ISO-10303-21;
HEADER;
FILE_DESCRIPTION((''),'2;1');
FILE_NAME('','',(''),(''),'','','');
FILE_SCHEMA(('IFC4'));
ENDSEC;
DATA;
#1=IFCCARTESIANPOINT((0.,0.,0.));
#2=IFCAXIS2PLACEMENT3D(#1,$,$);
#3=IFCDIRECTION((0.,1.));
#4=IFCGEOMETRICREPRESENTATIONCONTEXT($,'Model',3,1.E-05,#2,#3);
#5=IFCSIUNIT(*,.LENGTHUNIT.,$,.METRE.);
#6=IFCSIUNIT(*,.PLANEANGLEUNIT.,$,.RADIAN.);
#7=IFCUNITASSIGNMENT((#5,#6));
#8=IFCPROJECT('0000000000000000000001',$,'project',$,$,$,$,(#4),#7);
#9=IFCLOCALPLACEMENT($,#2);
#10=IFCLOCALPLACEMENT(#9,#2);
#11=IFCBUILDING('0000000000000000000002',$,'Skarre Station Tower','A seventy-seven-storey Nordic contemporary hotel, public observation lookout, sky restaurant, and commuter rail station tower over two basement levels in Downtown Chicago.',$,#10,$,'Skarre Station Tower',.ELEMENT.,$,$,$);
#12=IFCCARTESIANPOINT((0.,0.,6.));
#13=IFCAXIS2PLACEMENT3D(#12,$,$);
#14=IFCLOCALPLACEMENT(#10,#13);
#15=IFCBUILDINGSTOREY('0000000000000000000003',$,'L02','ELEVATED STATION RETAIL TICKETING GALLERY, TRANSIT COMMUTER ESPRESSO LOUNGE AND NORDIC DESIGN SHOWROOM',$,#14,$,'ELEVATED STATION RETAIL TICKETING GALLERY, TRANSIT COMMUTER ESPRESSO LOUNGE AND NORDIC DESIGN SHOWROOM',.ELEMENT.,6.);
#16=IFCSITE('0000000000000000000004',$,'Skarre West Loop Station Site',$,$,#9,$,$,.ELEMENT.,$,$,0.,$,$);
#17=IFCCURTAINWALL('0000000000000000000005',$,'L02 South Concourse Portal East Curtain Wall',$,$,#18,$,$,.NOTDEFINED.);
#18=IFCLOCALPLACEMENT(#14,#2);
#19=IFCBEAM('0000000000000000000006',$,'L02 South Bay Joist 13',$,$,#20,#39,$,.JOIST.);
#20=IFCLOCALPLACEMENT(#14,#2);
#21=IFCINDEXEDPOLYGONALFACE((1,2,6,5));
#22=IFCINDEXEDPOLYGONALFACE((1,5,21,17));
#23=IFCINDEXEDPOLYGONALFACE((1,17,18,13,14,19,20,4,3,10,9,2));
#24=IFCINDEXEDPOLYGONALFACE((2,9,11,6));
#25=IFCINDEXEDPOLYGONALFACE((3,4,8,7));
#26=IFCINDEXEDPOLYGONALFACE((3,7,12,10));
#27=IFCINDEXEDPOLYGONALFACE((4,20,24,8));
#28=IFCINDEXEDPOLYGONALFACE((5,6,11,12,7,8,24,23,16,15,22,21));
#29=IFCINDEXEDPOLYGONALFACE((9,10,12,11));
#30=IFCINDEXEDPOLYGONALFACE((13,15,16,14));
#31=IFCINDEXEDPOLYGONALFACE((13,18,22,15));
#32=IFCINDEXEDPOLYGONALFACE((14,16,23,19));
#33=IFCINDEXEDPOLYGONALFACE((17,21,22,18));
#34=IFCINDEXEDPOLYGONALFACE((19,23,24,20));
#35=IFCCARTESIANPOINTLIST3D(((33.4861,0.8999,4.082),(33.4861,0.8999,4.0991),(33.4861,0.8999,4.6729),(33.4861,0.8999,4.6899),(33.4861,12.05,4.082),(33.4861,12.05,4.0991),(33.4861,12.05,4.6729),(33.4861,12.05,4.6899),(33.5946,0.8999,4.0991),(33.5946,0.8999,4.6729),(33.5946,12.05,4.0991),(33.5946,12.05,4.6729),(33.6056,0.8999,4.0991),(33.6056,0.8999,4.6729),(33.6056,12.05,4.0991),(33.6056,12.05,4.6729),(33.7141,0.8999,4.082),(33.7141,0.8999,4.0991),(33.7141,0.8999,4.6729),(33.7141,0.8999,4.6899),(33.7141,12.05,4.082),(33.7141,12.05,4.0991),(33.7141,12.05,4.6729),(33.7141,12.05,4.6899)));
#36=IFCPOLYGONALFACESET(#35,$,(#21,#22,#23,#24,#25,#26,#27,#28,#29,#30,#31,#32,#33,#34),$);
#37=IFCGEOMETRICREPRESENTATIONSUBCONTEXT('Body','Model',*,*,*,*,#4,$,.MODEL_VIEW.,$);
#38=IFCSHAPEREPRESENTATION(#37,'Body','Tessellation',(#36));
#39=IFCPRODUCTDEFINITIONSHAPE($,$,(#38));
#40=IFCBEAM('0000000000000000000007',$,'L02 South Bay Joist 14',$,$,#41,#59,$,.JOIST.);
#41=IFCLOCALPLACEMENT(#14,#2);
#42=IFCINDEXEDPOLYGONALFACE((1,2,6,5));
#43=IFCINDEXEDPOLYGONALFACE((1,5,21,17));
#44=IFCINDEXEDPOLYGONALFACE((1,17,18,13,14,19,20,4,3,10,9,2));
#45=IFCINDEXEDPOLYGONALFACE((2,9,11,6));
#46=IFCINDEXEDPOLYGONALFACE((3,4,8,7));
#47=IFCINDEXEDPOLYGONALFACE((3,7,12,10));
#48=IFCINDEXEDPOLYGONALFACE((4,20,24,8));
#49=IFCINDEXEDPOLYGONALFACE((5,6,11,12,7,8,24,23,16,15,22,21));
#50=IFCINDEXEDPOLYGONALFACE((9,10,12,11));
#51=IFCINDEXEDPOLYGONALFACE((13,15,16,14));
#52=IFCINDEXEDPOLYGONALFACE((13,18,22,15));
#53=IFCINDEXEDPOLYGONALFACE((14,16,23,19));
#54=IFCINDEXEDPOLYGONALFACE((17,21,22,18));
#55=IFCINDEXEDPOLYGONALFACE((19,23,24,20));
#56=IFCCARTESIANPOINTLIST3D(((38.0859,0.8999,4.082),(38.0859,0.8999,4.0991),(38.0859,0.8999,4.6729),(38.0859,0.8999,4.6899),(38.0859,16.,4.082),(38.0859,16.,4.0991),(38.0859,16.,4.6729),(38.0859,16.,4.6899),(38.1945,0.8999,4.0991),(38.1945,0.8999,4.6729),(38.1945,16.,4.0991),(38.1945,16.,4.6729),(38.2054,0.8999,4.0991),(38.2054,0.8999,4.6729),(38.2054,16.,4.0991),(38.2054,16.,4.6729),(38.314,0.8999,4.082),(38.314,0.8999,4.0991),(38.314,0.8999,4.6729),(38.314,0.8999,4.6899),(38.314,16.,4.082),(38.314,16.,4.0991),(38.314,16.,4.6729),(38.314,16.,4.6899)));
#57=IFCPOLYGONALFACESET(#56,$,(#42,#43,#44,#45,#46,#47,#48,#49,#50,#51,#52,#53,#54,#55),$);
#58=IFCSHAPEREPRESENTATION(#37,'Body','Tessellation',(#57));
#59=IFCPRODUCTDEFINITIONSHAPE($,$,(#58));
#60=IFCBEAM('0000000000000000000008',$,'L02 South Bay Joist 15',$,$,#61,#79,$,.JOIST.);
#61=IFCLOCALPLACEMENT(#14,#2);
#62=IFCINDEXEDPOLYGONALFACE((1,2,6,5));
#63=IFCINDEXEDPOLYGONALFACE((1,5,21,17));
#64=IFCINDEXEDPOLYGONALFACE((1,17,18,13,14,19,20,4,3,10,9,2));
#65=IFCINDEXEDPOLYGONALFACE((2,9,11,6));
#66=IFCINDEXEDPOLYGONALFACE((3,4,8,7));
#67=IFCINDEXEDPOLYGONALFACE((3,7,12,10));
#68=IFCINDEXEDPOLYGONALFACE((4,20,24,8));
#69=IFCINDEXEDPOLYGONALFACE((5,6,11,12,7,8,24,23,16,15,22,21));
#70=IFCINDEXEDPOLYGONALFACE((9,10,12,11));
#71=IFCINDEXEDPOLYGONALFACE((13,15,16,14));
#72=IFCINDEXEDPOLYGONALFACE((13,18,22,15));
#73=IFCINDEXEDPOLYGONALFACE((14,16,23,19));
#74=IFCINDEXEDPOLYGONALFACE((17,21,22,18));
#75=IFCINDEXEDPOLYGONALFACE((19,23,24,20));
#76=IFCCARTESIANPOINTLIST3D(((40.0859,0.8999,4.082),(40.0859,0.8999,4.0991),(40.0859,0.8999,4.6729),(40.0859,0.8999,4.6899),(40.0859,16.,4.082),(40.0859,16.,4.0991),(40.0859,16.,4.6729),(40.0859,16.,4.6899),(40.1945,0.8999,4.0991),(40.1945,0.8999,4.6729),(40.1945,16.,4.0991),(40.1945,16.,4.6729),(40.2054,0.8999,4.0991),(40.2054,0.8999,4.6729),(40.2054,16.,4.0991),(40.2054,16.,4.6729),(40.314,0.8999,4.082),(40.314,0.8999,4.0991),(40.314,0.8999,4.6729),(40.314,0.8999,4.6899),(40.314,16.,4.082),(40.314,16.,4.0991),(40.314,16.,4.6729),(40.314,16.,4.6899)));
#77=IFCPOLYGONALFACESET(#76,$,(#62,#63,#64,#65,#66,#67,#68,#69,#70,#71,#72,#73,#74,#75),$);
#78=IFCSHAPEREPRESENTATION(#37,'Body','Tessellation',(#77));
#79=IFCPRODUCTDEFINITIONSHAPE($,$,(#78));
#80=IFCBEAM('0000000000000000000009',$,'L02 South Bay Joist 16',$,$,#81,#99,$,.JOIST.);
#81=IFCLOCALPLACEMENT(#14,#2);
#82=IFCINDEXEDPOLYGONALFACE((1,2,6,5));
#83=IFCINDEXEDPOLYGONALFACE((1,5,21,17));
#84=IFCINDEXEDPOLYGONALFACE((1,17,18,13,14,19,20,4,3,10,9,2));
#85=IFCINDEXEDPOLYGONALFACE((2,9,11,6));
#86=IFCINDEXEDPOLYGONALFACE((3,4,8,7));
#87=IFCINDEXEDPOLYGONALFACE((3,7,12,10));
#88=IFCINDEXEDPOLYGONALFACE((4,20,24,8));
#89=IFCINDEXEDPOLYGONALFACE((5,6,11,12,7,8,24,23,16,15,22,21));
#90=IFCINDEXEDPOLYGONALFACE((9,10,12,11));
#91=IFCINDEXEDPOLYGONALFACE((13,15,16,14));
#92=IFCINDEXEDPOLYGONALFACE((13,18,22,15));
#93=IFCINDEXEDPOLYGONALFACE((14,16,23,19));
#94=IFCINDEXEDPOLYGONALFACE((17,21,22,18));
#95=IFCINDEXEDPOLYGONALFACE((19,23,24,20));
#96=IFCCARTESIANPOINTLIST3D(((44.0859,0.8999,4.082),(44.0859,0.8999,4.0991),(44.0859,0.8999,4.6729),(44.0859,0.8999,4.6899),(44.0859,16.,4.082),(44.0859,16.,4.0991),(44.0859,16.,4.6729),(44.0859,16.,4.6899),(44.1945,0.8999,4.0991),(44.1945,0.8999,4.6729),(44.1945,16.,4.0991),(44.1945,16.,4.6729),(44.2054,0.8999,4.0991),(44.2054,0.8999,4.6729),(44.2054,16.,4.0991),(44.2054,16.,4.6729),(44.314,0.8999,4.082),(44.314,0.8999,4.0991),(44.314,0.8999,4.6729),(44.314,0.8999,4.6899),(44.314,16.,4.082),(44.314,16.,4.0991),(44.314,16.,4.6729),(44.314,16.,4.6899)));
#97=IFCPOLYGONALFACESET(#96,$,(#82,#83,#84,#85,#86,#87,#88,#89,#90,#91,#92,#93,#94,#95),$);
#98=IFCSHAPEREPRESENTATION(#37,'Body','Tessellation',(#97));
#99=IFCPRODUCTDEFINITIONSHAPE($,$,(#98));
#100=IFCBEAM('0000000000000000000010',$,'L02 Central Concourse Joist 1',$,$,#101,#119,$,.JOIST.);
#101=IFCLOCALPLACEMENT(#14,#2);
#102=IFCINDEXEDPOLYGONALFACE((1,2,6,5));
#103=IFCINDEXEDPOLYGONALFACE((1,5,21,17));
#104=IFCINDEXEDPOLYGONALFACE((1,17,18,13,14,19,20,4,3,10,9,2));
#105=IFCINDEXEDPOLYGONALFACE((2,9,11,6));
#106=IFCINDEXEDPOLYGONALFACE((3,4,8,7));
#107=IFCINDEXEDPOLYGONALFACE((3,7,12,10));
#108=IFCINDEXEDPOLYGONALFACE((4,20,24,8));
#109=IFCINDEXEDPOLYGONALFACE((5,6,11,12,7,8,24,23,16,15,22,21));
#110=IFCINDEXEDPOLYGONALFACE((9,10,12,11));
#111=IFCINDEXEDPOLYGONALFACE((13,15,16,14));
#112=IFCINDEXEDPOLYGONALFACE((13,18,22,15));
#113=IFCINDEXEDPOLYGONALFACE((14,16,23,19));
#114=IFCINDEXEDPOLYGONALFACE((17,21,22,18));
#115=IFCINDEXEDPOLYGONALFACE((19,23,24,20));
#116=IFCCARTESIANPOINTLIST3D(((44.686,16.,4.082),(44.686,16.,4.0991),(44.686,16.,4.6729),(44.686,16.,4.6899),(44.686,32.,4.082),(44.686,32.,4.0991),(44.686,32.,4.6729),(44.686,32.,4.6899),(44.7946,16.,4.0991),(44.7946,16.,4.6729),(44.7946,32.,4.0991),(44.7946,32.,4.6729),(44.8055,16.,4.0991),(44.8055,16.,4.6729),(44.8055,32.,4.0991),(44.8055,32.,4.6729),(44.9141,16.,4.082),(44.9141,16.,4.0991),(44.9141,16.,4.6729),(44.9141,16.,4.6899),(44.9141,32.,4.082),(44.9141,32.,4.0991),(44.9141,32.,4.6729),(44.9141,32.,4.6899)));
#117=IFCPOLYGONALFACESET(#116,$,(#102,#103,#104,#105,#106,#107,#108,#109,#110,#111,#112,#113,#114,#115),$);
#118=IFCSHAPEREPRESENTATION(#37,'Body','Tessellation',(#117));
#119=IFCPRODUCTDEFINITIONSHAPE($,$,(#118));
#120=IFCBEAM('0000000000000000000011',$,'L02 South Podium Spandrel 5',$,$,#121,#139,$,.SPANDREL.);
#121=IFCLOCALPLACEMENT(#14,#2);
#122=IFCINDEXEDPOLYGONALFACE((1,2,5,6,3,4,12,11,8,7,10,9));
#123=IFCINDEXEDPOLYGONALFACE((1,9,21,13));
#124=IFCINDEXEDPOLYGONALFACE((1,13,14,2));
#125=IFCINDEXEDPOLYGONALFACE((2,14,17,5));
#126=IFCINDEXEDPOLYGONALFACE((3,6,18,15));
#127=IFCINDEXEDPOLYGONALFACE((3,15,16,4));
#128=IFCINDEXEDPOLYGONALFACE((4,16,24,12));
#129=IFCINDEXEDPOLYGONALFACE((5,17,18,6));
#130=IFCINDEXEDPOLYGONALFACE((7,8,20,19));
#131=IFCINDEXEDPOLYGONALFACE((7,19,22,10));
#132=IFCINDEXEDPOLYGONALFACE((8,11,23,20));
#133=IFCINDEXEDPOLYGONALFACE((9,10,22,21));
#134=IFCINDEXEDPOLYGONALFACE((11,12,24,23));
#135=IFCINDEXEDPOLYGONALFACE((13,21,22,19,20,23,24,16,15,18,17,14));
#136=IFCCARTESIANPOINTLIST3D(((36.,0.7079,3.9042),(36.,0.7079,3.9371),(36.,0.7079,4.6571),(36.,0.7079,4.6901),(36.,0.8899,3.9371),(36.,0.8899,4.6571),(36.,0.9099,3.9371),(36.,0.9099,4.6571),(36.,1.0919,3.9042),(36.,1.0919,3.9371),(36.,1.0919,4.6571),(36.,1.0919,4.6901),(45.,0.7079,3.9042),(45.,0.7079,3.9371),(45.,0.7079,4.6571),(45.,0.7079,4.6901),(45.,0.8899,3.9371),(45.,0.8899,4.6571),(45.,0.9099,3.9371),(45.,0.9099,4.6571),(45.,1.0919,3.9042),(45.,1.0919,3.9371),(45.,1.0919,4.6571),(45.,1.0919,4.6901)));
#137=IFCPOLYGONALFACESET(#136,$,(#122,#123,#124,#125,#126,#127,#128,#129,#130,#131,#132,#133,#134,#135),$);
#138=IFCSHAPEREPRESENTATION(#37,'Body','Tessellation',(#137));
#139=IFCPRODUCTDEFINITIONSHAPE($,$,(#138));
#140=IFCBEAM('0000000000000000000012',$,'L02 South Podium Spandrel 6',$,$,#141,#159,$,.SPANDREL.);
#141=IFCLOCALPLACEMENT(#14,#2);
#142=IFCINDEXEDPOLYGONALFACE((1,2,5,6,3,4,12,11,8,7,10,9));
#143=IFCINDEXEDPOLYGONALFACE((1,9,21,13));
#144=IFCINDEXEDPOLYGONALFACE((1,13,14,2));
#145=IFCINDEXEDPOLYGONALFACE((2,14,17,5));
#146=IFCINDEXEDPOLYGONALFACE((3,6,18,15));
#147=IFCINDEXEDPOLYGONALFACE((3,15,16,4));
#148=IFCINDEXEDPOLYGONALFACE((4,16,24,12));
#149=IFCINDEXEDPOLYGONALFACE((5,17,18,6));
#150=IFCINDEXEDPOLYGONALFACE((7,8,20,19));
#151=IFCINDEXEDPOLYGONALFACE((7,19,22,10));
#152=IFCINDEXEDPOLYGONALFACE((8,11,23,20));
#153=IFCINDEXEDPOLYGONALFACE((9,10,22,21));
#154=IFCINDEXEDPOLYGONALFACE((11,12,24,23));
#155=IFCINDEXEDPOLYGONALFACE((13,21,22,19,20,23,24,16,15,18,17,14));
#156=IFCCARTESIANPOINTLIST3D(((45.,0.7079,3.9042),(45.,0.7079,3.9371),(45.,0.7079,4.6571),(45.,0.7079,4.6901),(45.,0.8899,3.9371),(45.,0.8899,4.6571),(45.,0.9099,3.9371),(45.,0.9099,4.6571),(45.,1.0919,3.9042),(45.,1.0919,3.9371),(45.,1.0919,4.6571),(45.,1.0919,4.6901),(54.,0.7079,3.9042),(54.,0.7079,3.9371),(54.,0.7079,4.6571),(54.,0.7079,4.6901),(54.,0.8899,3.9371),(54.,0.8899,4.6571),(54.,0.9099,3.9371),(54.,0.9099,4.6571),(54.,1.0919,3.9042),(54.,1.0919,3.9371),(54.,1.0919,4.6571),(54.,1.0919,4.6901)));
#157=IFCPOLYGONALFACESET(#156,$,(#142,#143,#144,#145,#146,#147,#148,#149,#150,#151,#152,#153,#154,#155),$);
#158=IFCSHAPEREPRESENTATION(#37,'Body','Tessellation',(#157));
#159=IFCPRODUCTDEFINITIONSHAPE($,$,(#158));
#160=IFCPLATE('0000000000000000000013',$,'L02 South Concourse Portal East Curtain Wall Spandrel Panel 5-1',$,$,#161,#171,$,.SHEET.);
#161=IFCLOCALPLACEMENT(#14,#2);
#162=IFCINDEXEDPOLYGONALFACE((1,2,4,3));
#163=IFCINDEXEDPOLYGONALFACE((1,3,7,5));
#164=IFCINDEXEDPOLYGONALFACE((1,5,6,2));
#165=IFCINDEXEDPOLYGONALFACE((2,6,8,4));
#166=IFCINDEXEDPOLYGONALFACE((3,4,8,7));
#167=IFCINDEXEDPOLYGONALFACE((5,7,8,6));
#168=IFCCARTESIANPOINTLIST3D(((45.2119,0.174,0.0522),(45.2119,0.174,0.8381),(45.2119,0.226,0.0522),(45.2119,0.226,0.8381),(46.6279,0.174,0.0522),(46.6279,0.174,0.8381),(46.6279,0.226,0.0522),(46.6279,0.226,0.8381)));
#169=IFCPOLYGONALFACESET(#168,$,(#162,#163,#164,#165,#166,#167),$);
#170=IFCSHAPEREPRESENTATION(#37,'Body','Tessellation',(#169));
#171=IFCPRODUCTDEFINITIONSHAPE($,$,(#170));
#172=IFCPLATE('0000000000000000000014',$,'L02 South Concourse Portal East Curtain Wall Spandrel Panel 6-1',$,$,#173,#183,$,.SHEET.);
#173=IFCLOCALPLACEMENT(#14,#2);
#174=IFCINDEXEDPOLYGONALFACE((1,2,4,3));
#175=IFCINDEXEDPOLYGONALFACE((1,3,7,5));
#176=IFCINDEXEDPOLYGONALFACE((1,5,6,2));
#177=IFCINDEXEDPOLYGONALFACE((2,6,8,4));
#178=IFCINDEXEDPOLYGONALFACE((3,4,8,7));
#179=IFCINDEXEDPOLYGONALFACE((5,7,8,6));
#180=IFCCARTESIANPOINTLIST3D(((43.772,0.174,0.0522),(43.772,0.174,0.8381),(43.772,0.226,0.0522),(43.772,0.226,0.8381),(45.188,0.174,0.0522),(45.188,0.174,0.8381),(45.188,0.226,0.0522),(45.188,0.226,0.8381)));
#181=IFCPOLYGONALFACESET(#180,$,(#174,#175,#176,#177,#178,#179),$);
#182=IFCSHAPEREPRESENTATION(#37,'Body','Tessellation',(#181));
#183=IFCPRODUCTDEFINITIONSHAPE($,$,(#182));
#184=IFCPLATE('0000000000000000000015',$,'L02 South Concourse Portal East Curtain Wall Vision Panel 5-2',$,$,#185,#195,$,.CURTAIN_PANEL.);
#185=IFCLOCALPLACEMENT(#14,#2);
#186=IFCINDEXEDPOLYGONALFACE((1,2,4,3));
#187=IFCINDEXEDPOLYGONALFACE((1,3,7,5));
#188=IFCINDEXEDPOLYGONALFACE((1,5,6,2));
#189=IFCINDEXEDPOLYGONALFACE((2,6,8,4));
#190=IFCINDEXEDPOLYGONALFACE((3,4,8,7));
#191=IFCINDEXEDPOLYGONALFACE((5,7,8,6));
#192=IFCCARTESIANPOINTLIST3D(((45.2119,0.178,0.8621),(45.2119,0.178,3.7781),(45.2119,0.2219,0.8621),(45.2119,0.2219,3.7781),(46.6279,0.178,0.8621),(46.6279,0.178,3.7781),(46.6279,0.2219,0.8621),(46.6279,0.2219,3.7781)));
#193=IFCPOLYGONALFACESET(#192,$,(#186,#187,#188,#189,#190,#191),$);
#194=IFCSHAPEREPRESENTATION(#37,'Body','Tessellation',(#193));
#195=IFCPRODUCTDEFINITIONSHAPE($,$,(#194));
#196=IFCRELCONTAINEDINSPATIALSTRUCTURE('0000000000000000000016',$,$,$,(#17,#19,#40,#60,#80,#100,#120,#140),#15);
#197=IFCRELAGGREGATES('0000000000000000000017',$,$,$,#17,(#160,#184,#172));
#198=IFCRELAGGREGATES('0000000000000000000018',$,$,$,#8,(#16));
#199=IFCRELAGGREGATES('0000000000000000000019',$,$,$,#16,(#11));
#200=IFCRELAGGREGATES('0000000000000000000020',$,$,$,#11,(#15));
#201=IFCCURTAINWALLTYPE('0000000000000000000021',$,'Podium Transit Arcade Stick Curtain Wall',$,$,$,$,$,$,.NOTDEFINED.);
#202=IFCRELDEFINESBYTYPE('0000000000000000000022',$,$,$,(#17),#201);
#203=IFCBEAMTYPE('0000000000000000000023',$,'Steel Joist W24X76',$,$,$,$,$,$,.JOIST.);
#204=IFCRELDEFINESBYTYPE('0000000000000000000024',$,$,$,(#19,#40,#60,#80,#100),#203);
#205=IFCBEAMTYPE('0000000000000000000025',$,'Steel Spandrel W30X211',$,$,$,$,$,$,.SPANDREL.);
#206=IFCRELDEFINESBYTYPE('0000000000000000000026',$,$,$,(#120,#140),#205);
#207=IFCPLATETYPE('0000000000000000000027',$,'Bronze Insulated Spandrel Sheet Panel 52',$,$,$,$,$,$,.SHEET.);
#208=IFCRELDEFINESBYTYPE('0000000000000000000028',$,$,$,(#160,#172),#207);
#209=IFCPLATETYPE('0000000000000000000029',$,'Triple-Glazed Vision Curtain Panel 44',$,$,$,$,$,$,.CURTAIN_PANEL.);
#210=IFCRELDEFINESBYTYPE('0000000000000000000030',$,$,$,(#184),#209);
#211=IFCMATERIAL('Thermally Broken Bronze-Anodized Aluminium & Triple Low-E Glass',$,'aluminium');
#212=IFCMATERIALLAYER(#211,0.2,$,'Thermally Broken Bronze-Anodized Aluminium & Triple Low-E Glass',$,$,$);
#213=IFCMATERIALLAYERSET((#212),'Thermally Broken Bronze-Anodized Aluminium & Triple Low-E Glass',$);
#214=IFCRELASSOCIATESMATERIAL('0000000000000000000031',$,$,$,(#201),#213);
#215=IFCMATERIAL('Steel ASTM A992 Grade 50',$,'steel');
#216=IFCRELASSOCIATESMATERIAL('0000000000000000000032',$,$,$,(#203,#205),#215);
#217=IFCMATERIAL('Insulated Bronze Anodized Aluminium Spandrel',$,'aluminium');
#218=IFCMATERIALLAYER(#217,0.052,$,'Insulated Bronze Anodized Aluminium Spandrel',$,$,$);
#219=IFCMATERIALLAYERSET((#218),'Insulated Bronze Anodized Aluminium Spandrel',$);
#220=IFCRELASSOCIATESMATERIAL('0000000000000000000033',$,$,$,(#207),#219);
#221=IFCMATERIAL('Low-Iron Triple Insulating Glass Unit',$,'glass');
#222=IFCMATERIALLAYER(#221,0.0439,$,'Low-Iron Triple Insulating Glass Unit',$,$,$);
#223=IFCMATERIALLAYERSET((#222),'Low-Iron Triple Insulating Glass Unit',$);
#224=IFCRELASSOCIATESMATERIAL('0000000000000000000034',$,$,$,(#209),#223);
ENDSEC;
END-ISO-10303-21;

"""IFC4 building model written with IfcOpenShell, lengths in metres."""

from ifc_helpers import new_model, si_unit, direction, frame, origin, origin_2d, place, context, subcontext, project, spatial, rectangle, i_section, extrude, material, layer, layer_set, material_profile, profile_set, type_object, element, aggregate, save


model = new_model("IFC4")

# Units and contexts
model_context = context("Model", 3, precision=1e-05, world=origin(), true_north=direction((0.0, 1.0)))
body_context = subcontext(model_context, "Body", "Model", "MODEL_VIEW")
ifc_project = project(units=[si_unit("LENGTHUNIT", "METRE"), si_unit("PLANEANGLEUNIT", "RADIAN")], contexts=[model_context])

# Site, building, storey
site_placement = place(None, origin())
site = spatial("IfcSite", under=ifc_project, at=site_placement, Name="Skarre West Loop Station Site", CompositionType="ELEMENT", RefElevation=0.0)
building_placement = place(site_placement, origin())
building = spatial("IfcBuilding", under=site, at=building_placement, Name="Skarre Station Tower", Description="A seventy-seven-storey Nordic contemporary hotel, public observation lookout, sky restaurant, and commuter rail station tower over two basement levels in Downtown Chicago.", LongName="Skarre Station Tower", CompositionType="ELEMENT")
storey_placement = place(building_placement, frame((0.0, 0.0, 6.0)))
storey = spatial("IfcBuildingStorey", under=building, at=storey_placement, Name="L02", Description="ELEVATED STATION RETAIL TICKETING GALLERY, TRANSIT COMMUTER ESPRESSO LOUNGE AND NORDIC DESIGN SHOWROOM", LongName="ELEVATED STATION RETAIL TICKETING GALLERY, TRANSIT COMMUTER ESPRESSO LOUNGE AND NORDIC DESIGN SHOWROOM", CompositionType="ELEMENT", Elevation=6.0)

# Curtain wall
ifc_material_1 = material(Name="Thermally Broken Bronze-Anodized Aluminium & Triple Low-E Glass", Category="aluminium")
ifc_layer_1 = layer(ifc_material_1, 0.2, Name="Thermally Broken Bronze-Anodized Aluminium & Triple Low-E Glass")
ifc_layer_set_1 = layer_set([ifc_layer_1], Name="Thermally Broken Bronze-Anodized Aluminium & Triple Low-E Glass")
curtain_wall_type = type_object("IfcCurtainWallType", Name="Podium Transit Arcade Stick Curtain Wall", PredefinedType="NOTDEFINED", material=ifc_layer_set_1)
curtain_wall_placement = place(storey_placement, origin())
curtain_wall = element("IfcCurtainWall", 1, at=curtain_wall_placement, inside=storey, type_object=curtain_wall_type, Name="L02 South Concourse Portal East Curtain Wall", PredefinedType="NOTDEFINED")

# Beams
ifc_material_2 = material(Name="Steel ASTM A992 Grade 50", Category="steel")
ifc_material_profile_1 = material_profile(ifc_material_2, i_section(OverallWidth=0.228, OverallDepth=0.6079, WebThickness=0.011, FlangeThickness=0.0171, at=origin_2d()), Name="Steel ASTM A992 Grade 50")
ifc_profile_set_1 = profile_set([ifc_material_profile_1], Name="Steel ASTM A992 Grade 50")
beam_type_1 = type_object("IfcBeamType", Name="Steel Joist W24X76", PredefinedType="JOIST", material=ifc_profile_set_1)
beam_1_placement = place(storey_placement, frame((33.6001, 0.8999, 4.386), z_axis=(0.0, 1.0, 0.0), x_axis=(-1.0, 0.0, 0.0)))
element("IfcBeam", 2, at=beam_1_placement, inside=storey, type_object=beam_type_1, Name="L02 South Bay Joist 13", PredefinedType="JOIST", context=body_context, shape_type="SweptSolid", body=[
    extrude(i_section(OverallWidth=0.228, OverallDepth=0.6079, WebThickness=0.011, FlangeThickness=0.0171, at=origin_2d()), origin(), (0.0, 0.0, 1.0), 11.1501),
])
for number, where, z_axis, x_axis, name in (
    (3, (38.2, 0.8999, 4.386), (0.0, 1.0, 0.0), (-1.0, 0.0, 0.0), "L02 South Bay Joist 14"),
    (4, (40.2, 0.8999, 4.386), (0.0, 1.0, 0.0), (-1.0, 0.0, 0.0), "L02 South Bay Joist 15"),
    (5, (44.2, 0.8999, 4.386), (0.0, 1.0, 0.0), (-1.0, 0.0, 0.0), "L02 South Bay Joist 16"),
):
    element("IfcBeam", number, at=place(storey_placement, frame(where, z_axis=z_axis, x_axis=x_axis)), inside=storey, type_object=beam_type_1, Name=name, PredefinedType="JOIST", context=body_context, shape_type="SweptSolid", body=[
        extrude(i_section(OverallWidth=0.228, OverallDepth=0.6079, WebThickness=0.011, FlangeThickness=0.0171, at=origin_2d()), origin(), (0.0, 0.0, 1.0), 15.1001),
    ])
beam_2_placement = place(storey_placement, frame((44.8, 16.0, 4.386), z_axis=(0.0, 1.0, 0.0), x_axis=(-1.0, 0.0, 0.0)))
element("IfcBeam", 6, at=beam_2_placement, inside=storey, type_object=beam_type_1, Name="L02 Central Concourse Joist 1", PredefinedType="JOIST", context=body_context, shape_type="SweptSolid", body=[
    extrude(i_section(OverallWidth=0.228, OverallDepth=0.6079, WebThickness=0.011, FlangeThickness=0.0171, at=origin_2d()), origin(), (0.0, 0.0, 1.0), 16.0),
])
ifc_material_profile_2 = material_profile(ifc_material_2, i_section(OverallWidth=0.384, OverallDepth=0.7859, WebThickness=0.02, FlangeThickness=0.033, at=origin_2d()), Name="Steel ASTM A992 Grade 50")
ifc_profile_set_2 = profile_set([ifc_material_profile_2], Name="Steel ASTM A992 Grade 50")
beam_type_2 = type_object("IfcBeamType", Name="Steel Spandrel W30X211", PredefinedType="SPANDREL", material=ifc_profile_set_2)
for number, where, z_axis, x_axis, name in (
    (7, (36.0, 0.8999, 4.2971), (1.0, 0.0, 0.0), (0.0, 1.0, 0.0), "L02 South Podium Spandrel 5"),
    (8, (45.0, 0.8999, 4.2971), (1.0, 0.0, 0.0), (0.0, 1.0, 0.0), "L02 South Podium Spandrel 6"),
):
    element("IfcBeam", number, at=place(storey_placement, frame(where, z_axis=z_axis, x_axis=x_axis)), inside=storey, type_object=beam_type_2, Name=name, PredefinedType="SPANDREL", context=body_context, shape_type="SweptSolid", body=[
        extrude(i_section(OverallWidth=0.384, OverallDepth=0.7859, WebThickness=0.02, FlangeThickness=0.033, at=origin_2d()), origin(), (0.0, 0.0, 1.0), 9.0),
    ])

# Plates
ifc_material_3 = material(Name="Insulated Bronze Anodized Aluminium Spandrel", Category="aluminium")
ifc_layer_2 = layer(ifc_material_3, 0.052, Name="Insulated Bronze Anodized Aluminium Spandrel")
ifc_layer_set_2 = layer_set([ifc_layer_2], Name="Insulated Bronze Anodized Aluminium Spandrel")
plate_type_1 = type_object("IfcPlateType", Name="Bronze Insulated Spandrel Sheet Panel 52", PredefinedType="SHEET", material=ifc_layer_set_2)
plate_1_placement = place(storey_placement, frame((45.9199, 0.2, 0.0522), z_axis=(0.0, 0.0, 1.0), x_axis=(-1.0, 0.0, 0.0)))
plate_1 = element("IfcPlate", 9, at=plate_1_placement, type_object=plate_type_1, Name="L02 South Concourse Portal East Curtain Wall Spandrel Panel 5-1", PredefinedType="SHEET", context=body_context, shape_type="SweptSolid", body=[
    extrude(rectangle(XDim=1.416, YDim=0.052, at=origin_2d()), origin(), (0.0, 0.0, 1.0), 0.7859),
])
plate_2_placement = place(storey_placement, frame((44.48, 0.2, 0.0522), z_axis=(0.0, 0.0, 1.0), x_axis=(-1.0, 0.0, 0.0)))
plate_2 = element("IfcPlate", 10, at=plate_2_placement, type_object=plate_type_1, Name="L02 South Concourse Portal East Curtain Wall Spandrel Panel 6-1", PredefinedType="SHEET", context=body_context, shape_type="SweptSolid", body=[
    extrude(rectangle(XDim=1.416, YDim=0.052, at=origin_2d()), origin(), (0.0, 0.0, 1.0), 0.7859),
])
ifc_material_4 = material(Name="Low-Iron Triple Insulating Glass Unit", Category="glass")
ifc_layer_3 = layer(ifc_material_4, 0.0439, Name="Low-Iron Triple Insulating Glass Unit")
ifc_layer_set_3 = layer_set([ifc_layer_3], Name="Low-Iron Triple Insulating Glass Unit")
plate_type_2 = type_object("IfcPlateType", Name="Triple-Glazed Vision Curtain Panel 44", PredefinedType="CURTAIN_PANEL", material=ifc_layer_set_3)
plate_3_placement = place(storey_placement, frame((45.9199, 0.2, 0.8621), z_axis=(0.0, 0.0, 1.0), x_axis=(-1.0, 0.0, 0.0)))
plate_3 = element("IfcPlate", 11, at=plate_3_placement, type_object=plate_type_2, Name="L02 South Concourse Portal East Curtain Wall Vision Panel 5-2", PredefinedType="CURTAIN_PANEL", context=body_context, shape_type="SweptSolid", body=[
    extrude(rectangle(XDim=1.416, YDim=0.0439, at=origin_2d()), origin(), (0.0, 0.0, 1.0), 2.916),
])
aggregate(curtain_wall, [plate_1, plate_3, plate_2])

save(model, "model.ifc")
